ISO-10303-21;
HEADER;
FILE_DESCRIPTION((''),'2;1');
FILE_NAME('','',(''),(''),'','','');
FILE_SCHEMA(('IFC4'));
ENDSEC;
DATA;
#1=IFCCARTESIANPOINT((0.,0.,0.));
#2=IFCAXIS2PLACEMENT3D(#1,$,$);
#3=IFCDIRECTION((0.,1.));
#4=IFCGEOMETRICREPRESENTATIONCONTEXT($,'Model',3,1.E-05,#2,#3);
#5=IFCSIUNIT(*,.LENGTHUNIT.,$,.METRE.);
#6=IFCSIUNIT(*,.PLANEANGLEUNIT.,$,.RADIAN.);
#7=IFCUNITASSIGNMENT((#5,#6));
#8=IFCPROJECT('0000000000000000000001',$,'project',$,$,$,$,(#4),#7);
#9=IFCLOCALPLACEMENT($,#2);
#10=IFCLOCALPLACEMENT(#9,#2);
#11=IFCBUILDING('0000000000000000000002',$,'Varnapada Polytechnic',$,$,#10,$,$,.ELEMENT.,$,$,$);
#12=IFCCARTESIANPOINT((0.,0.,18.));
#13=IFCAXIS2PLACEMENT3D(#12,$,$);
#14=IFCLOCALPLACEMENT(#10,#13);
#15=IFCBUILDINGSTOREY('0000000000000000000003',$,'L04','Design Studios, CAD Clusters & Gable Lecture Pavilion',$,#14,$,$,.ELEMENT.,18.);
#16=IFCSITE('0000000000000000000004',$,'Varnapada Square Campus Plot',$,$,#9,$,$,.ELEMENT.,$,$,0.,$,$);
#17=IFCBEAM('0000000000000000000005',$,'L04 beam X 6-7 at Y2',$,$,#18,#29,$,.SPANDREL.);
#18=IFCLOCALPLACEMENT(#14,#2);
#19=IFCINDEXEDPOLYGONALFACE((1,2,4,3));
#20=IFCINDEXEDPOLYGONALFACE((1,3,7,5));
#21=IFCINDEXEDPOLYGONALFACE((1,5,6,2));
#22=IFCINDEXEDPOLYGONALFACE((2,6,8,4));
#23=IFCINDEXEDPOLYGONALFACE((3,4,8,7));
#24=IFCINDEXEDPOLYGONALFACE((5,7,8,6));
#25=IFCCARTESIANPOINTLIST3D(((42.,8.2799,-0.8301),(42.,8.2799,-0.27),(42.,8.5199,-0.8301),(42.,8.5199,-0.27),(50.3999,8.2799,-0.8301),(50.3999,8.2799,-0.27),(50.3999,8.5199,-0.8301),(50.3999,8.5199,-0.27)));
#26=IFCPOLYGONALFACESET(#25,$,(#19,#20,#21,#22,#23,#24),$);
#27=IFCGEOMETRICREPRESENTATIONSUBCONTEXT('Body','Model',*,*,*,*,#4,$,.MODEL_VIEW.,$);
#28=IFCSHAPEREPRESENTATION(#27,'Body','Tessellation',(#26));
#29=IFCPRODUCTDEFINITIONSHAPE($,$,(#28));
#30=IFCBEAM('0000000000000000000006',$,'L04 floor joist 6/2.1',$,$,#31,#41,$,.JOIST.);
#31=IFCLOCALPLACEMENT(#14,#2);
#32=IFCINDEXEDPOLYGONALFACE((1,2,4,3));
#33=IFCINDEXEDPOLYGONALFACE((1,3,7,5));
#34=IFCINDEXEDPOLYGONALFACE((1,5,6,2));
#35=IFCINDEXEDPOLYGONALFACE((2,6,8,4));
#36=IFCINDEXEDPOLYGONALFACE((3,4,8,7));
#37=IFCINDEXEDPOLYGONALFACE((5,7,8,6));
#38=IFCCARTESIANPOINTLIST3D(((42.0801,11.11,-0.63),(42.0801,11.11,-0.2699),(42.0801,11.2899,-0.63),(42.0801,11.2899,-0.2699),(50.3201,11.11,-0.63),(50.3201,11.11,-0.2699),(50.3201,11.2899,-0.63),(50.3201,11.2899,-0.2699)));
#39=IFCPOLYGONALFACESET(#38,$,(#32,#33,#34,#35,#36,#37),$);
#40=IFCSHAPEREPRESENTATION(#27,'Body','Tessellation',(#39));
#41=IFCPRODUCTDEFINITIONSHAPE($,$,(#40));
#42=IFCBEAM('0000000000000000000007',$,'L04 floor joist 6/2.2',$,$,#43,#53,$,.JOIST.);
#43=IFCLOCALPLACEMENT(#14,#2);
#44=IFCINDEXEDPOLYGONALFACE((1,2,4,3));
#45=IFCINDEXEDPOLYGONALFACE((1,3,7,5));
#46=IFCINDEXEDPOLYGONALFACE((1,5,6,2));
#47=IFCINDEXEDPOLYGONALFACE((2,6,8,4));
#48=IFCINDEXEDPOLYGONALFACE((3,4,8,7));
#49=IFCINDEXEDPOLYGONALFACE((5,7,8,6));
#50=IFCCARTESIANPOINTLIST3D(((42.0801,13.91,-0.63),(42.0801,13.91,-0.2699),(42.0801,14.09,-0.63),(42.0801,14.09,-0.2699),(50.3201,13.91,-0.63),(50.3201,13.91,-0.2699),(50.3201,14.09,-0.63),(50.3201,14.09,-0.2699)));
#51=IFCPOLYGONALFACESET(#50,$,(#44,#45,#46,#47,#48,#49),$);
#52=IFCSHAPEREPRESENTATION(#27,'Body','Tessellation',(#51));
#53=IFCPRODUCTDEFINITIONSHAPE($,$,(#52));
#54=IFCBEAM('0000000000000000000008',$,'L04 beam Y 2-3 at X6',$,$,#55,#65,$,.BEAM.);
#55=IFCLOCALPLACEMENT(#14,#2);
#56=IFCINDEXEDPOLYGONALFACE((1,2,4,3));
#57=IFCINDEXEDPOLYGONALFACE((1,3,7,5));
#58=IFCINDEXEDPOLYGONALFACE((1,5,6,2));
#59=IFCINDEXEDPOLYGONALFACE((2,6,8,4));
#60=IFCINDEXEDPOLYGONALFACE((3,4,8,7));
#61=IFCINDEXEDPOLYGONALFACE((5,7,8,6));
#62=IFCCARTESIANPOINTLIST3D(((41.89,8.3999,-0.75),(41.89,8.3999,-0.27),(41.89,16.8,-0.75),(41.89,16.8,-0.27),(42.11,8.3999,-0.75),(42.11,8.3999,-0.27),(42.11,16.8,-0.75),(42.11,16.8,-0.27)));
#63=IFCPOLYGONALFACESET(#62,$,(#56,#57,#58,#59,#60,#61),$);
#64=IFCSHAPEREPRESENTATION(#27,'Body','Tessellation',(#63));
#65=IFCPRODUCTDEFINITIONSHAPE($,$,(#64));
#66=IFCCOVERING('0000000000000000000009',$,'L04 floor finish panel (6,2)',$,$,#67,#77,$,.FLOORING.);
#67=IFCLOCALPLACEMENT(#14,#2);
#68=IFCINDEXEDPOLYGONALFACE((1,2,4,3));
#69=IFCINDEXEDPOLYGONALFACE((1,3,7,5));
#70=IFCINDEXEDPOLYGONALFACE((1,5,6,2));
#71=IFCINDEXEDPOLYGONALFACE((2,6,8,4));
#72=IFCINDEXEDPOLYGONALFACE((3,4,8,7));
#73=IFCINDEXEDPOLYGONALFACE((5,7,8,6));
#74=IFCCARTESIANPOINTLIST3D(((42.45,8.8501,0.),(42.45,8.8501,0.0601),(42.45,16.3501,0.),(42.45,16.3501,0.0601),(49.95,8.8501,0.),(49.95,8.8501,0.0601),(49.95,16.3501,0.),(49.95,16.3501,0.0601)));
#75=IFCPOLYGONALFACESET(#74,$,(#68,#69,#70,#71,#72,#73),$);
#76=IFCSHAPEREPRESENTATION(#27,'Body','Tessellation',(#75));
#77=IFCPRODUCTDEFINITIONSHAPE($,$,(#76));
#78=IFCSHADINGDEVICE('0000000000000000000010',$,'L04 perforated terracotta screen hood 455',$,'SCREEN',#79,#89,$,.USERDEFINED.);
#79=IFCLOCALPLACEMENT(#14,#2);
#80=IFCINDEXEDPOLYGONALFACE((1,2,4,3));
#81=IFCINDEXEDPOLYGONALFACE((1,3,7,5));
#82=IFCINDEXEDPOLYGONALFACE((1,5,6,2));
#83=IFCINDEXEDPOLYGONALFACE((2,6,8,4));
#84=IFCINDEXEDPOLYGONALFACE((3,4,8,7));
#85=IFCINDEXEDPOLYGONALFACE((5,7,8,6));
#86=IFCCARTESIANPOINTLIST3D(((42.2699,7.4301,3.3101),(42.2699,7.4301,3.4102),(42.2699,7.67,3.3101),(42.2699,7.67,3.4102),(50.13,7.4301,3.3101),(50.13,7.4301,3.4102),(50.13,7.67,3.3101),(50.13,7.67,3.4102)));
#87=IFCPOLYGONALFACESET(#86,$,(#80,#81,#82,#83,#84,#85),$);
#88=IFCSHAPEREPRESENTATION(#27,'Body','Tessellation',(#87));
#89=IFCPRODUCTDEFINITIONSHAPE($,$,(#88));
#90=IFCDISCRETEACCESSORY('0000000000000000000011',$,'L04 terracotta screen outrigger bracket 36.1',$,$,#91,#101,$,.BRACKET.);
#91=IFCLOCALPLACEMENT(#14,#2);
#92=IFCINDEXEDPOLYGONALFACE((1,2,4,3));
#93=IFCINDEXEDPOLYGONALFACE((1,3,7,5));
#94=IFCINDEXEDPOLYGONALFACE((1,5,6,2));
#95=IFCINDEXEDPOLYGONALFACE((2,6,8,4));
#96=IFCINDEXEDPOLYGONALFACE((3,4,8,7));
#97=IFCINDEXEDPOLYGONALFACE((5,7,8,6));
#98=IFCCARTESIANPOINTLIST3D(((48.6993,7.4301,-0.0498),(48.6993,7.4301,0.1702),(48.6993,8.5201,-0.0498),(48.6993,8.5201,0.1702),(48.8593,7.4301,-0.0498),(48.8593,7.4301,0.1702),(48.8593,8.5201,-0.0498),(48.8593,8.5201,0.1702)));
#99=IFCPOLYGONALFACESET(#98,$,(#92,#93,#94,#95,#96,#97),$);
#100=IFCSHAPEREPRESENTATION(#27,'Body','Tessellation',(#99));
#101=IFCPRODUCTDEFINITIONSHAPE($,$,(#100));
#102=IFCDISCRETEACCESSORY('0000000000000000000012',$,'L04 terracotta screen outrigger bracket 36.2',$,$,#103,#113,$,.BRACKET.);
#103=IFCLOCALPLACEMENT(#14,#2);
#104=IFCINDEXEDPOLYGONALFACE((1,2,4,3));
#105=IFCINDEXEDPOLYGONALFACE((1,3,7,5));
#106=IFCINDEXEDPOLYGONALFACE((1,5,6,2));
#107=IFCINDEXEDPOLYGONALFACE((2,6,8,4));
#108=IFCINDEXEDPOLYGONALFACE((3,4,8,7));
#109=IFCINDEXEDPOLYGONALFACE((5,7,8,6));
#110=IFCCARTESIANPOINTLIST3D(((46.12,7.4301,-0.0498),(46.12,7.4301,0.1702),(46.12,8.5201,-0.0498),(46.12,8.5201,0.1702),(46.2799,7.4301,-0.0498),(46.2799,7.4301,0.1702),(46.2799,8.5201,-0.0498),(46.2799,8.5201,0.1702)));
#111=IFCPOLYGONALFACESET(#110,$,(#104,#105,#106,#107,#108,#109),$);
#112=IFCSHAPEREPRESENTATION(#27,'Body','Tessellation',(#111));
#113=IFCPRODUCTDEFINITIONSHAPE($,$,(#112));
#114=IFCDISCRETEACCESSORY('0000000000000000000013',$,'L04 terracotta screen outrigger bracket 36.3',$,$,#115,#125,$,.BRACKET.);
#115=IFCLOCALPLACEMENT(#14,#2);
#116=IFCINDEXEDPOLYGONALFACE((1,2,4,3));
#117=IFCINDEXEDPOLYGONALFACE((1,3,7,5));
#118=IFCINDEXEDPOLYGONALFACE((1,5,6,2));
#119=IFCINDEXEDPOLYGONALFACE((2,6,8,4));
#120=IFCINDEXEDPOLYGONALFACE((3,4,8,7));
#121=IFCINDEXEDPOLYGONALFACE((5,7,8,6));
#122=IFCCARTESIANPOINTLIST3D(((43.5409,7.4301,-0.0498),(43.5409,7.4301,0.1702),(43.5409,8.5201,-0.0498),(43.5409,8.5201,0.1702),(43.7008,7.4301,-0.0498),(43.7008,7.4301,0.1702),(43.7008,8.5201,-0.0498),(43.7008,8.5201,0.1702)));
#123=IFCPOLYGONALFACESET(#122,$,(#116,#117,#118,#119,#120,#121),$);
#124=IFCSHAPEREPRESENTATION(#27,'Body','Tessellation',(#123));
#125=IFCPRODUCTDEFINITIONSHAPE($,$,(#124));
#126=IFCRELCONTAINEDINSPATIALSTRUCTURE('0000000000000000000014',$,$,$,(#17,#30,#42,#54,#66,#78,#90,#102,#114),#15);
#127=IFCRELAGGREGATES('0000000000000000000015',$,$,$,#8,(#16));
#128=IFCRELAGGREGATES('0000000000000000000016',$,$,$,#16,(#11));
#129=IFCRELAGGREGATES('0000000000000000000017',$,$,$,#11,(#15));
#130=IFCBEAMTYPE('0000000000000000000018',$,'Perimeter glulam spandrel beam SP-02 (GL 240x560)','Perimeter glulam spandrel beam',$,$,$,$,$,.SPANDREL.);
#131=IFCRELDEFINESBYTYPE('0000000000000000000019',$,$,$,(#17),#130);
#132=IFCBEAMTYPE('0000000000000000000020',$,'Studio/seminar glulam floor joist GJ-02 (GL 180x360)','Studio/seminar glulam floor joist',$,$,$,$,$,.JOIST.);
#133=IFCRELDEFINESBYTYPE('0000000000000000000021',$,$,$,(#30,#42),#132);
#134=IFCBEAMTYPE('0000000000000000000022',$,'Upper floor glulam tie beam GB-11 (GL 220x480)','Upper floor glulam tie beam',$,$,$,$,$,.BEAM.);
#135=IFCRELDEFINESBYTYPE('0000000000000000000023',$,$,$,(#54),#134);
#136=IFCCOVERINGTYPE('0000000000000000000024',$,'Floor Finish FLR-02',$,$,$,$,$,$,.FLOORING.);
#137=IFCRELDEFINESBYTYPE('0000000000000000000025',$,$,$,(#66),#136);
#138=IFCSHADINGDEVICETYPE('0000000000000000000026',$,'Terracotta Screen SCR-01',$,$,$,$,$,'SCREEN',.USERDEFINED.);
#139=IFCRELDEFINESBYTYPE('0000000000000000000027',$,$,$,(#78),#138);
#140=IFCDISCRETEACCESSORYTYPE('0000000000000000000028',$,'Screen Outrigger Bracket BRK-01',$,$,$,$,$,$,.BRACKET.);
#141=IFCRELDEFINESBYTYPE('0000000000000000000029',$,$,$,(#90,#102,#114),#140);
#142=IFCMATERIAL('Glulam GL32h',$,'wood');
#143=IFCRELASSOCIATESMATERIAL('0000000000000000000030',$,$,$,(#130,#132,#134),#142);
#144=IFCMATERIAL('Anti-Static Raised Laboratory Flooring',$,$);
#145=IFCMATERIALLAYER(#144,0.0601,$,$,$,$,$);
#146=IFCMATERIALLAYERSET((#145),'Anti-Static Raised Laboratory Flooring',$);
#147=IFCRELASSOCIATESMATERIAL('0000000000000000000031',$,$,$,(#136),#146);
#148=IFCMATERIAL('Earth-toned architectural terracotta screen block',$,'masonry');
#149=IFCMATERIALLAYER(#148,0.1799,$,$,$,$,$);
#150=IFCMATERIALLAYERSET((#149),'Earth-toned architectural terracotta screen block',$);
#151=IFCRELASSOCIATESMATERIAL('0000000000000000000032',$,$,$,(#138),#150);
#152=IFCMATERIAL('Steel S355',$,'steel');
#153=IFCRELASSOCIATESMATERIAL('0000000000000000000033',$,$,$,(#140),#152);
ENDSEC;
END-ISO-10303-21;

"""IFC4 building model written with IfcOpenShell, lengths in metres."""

from ifc_helpers import new_model, si_unit, direction, frame, origin, origin_2d, place, context, subcontext, project, spatial, rectangle, extrude, material, layer, layer_set, material_profile, profile_set, type_object, element, save


model = new_model("IFC4")

# Units and contexts
model_context = context("Model", 3, precision=1e-05, world=origin(), true_north=direction((0.0, 1.0)))
body_context = subcontext(model_context, "Body", "Model", "MODEL_VIEW")
ifc_project = project(units=[si_unit("LENGTHUNIT", "METRE"), si_unit("PLANEANGLEUNIT", "RADIAN")], contexts=[model_context])

# Site, building, storey
site_placement = place(None, origin())
site = spatial("IfcSite", under=ifc_project, at=site_placement, Name="Varnapada Square Campus Plot", CompositionType="ELEMENT", RefElevation=0.0)
building_placement = place(site_placement, origin())
building = spatial("IfcBuilding", under=site, at=building_placement, Name="Varnapada Polytechnic", CompositionType="ELEMENT")
storey_placement = place(building_placement, frame((0.0, 0.0, 18.0)))
storey = spatial("IfcBuildingStorey", under=building, at=storey_placement, Name="L04", Description="Design Studios, CAD Clusters & Gable Lecture Pavilion", CompositionType="ELEMENT", Elevation=18.0)

# Beams
ifc_material_1 = material(Name="Glulam GL32h", Category="wood")
ifc_material_profile_1 = material_profile(ifc_material_1, rectangle(XDim=0.24, YDim=0.5601, at=origin_2d()), Name="GL 240x560")
ifc_profile_set_1 = profile_set([ifc_material_profile_1], Name="Glulam GL32h")
beam_type_1 = type_object("IfcBeamType", Name="Perimeter glulam spandrel beam SP-02 (GL 240x560)", Description="Perimeter glulam spandrel beam", PredefinedType="SPANDREL", material=ifc_profile_set_1)
beam_1_placement = place(storey_placement, frame((42.0, 8.3999, -0.55), z_axis=(1.0, 0.0, 0.0), x_axis=(0.0, 1.0, 0.0)))
element("IfcBeam", 1, at=beam_1_placement, inside=storey, type_object=beam_type_1, Name="L04 beam X 6-7 at Y2", PredefinedType="SPANDREL", context=body_context, shape_type="SweptSolid", body=[
    extrude(rectangle(XDim=0.24, YDim=0.5601, at=origin_2d()), origin(), (0.0, 0.0, 1.0), 8.3999),
])
ifc_material_profile_2 = material_profile(ifc_material_1, rectangle(XDim=0.1799, YDim=0.3601, at=origin_2d()), Name="GL 180x360")
ifc_profile_set_2 = profile_set([ifc_material_profile_2], Name="Glulam GL32h")
beam_type_2 = type_object("IfcBeamType", Name="Studio/seminar glulam floor joist GJ-02 (GL 180x360)", Description="Studio/seminar glulam floor joist", PredefinedType="JOIST", material=ifc_profile_set_2)
for number, where, z_axis, x_axis, name in (
    (2, (42.0801, 11.2, -0.45), (1.0, 0.0, 0.0), (0.0, 1.0, 0.0), "L04 floor joist 6/2.1"),
    (3, (42.0801, 14.0, -0.45), (1.0, 0.0, 0.0), (0.0, 1.0, 0.0), "L04 floor joist 6/2.2"),
):
    element("IfcBeam", number, at=place(storey_placement, frame(where, z_axis=z_axis, x_axis=x_axis)), inside=storey, type_object=beam_type_2, Name=name, PredefinedType="JOIST", context=body_context, shape_type="SweptSolid", body=[
        extrude(rectangle(XDim=0.1799, YDim=0.3601, at=origin_2d()), origin(), (0.0, 0.0, 1.0), 8.24),
    ])
ifc_material_profile_3 = material_profile(ifc_material_1, rectangle(XDim=0.22, YDim=0.48, at=origin_2d()), Name="GL 220x480")
ifc_profile_set_3 = profile_set([ifc_material_profile_3], Name="Glulam GL32h")
beam_type_3 = type_object("IfcBeamType", Name="Upper floor glulam tie beam GB-11 (GL 220x480)", Description="Upper floor glulam tie beam", PredefinedType="BEAM", material=ifc_profile_set_3)
beam_2_placement = place(storey_placement, frame((42.0, 8.3999, -0.51), z_axis=(0.0, 1.0, 0.0), x_axis=(-1.0, 0.0, 0.0)))
element("IfcBeam", 4, at=beam_2_placement, inside=storey, type_object=beam_type_3, Name="L04 beam Y 2-3 at X6", PredefinedType="BEAM", context=body_context, shape_type="SweptSolid", body=[
    extrude(rectangle(XDim=0.22, YDim=0.48, at=origin_2d()), origin(), (0.0, 0.0, 1.0), 8.4001),
])

# Covering
ifc_material_2 = material(Name="Anti-Static Raised Laboratory Flooring")
ifc_layer_1 = layer(ifc_material_2, 0.0601)
ifc_layer_set_1 = layer_set([ifc_layer_1], Name="Anti-Static Raised Laboratory Flooring")
covering_type = type_object("IfcCoveringType", Name="Floor Finish FLR-02", PredefinedType="FLOORING", material=ifc_layer_set_1)
covering_placement = place(storey_placement, frame((46.2, 12.6001, 0.0), z_axis=(0.0, 0.0, 1.0), x_axis=(1.0, 0.0, 0.0)))
element("IfcCovering", 5, at=covering_placement, inside=storey, type_object=covering_type, Name="L04 floor finish panel (6,2)", PredefinedType="FLOORING", context=body_context, shape_type="SweptSolid", body=[
    extrude(rectangle(XDim=7.5, YDim=7.5, at=origin_2d()), origin(), (0.0, 0.0, 1.0), 0.0601),
])

# Shading device
ifc_material_3 = material(Name="Earth-toned architectural terracotta screen block", Category="masonry")
ifc_layer_2 = layer(ifc_material_3, 0.1799)
ifc_layer_set_2 = layer_set([ifc_layer_2], Name="Earth-toned architectural terracotta screen block")
shading_device_type = type_object("IfcShadingDeviceType", Name="Terracotta Screen SCR-01", ElementType="SCREEN", PredefinedType="USERDEFINED", material=ifc_layer_set_2)
shading_device_placement = place(storey_placement, frame((46.2, 7.55, 3.3101), z_axis=(0.0, 0.0, 1.0), x_axis=(-1.0, 0.0, 0.0)))
element("IfcShadingDevice", 6, at=shading_device_placement, inside=storey, type_object=shading_device_type, Name="L04 perforated terracotta screen hood 455", ObjectType="SCREEN", PredefinedType="USERDEFINED", context=body_context, shape_type="SweptSolid", body=[
    extrude(rectangle(XDim=7.8601, YDim=0.24, at=origin_2d()), origin(), (0.0, 0.0, 1.0), 0.1001),
])

# Discrete accessories
ifc_material_4 = material(Name="Steel S355", Category="steel")
discrete_accessory_type = type_object("IfcDiscreteAccessoryType", Name="Screen Outrigger Bracket BRK-01", PredefinedType="BRACKET", material=ifc_material_4)
for number, where, z_axis, x_axis, name in (
    (7, (48.7793, 7.9751, -0.0498), (0.0, 0.0, 1.0), (-1.0, 0.0, 0.0), "L04 terracotta screen outrigger bracket 36.1"),
    (8, (46.2, 7.9751, -0.0498), (0.0, 0.0, 1.0), (-1.0, 0.0, 0.0), "L04 terracotta screen outrigger bracket 36.2"),
    (9, (43.6208, 7.9751, -0.0498), (0.0, 0.0, 1.0), (-1.0, 0.0, 0.0), "L04 terracotta screen outrigger bracket 36.3"),
):
    element("IfcDiscreteAccessory", number, at=place(storey_placement, frame(where, z_axis=z_axis, x_axis=x_axis)), inside=storey, type_object=discrete_accessory_type, Name=name, PredefinedType="BRACKET", context=body_context, shape_type="SweptSolid", body=[
        extrude(rectangle(XDim=0.1599, YDim=1.0901, at=origin_2d()), origin(), (0.0, 0.0, 1.0), 0.22),
    ])

save(model, "model.ifc")
